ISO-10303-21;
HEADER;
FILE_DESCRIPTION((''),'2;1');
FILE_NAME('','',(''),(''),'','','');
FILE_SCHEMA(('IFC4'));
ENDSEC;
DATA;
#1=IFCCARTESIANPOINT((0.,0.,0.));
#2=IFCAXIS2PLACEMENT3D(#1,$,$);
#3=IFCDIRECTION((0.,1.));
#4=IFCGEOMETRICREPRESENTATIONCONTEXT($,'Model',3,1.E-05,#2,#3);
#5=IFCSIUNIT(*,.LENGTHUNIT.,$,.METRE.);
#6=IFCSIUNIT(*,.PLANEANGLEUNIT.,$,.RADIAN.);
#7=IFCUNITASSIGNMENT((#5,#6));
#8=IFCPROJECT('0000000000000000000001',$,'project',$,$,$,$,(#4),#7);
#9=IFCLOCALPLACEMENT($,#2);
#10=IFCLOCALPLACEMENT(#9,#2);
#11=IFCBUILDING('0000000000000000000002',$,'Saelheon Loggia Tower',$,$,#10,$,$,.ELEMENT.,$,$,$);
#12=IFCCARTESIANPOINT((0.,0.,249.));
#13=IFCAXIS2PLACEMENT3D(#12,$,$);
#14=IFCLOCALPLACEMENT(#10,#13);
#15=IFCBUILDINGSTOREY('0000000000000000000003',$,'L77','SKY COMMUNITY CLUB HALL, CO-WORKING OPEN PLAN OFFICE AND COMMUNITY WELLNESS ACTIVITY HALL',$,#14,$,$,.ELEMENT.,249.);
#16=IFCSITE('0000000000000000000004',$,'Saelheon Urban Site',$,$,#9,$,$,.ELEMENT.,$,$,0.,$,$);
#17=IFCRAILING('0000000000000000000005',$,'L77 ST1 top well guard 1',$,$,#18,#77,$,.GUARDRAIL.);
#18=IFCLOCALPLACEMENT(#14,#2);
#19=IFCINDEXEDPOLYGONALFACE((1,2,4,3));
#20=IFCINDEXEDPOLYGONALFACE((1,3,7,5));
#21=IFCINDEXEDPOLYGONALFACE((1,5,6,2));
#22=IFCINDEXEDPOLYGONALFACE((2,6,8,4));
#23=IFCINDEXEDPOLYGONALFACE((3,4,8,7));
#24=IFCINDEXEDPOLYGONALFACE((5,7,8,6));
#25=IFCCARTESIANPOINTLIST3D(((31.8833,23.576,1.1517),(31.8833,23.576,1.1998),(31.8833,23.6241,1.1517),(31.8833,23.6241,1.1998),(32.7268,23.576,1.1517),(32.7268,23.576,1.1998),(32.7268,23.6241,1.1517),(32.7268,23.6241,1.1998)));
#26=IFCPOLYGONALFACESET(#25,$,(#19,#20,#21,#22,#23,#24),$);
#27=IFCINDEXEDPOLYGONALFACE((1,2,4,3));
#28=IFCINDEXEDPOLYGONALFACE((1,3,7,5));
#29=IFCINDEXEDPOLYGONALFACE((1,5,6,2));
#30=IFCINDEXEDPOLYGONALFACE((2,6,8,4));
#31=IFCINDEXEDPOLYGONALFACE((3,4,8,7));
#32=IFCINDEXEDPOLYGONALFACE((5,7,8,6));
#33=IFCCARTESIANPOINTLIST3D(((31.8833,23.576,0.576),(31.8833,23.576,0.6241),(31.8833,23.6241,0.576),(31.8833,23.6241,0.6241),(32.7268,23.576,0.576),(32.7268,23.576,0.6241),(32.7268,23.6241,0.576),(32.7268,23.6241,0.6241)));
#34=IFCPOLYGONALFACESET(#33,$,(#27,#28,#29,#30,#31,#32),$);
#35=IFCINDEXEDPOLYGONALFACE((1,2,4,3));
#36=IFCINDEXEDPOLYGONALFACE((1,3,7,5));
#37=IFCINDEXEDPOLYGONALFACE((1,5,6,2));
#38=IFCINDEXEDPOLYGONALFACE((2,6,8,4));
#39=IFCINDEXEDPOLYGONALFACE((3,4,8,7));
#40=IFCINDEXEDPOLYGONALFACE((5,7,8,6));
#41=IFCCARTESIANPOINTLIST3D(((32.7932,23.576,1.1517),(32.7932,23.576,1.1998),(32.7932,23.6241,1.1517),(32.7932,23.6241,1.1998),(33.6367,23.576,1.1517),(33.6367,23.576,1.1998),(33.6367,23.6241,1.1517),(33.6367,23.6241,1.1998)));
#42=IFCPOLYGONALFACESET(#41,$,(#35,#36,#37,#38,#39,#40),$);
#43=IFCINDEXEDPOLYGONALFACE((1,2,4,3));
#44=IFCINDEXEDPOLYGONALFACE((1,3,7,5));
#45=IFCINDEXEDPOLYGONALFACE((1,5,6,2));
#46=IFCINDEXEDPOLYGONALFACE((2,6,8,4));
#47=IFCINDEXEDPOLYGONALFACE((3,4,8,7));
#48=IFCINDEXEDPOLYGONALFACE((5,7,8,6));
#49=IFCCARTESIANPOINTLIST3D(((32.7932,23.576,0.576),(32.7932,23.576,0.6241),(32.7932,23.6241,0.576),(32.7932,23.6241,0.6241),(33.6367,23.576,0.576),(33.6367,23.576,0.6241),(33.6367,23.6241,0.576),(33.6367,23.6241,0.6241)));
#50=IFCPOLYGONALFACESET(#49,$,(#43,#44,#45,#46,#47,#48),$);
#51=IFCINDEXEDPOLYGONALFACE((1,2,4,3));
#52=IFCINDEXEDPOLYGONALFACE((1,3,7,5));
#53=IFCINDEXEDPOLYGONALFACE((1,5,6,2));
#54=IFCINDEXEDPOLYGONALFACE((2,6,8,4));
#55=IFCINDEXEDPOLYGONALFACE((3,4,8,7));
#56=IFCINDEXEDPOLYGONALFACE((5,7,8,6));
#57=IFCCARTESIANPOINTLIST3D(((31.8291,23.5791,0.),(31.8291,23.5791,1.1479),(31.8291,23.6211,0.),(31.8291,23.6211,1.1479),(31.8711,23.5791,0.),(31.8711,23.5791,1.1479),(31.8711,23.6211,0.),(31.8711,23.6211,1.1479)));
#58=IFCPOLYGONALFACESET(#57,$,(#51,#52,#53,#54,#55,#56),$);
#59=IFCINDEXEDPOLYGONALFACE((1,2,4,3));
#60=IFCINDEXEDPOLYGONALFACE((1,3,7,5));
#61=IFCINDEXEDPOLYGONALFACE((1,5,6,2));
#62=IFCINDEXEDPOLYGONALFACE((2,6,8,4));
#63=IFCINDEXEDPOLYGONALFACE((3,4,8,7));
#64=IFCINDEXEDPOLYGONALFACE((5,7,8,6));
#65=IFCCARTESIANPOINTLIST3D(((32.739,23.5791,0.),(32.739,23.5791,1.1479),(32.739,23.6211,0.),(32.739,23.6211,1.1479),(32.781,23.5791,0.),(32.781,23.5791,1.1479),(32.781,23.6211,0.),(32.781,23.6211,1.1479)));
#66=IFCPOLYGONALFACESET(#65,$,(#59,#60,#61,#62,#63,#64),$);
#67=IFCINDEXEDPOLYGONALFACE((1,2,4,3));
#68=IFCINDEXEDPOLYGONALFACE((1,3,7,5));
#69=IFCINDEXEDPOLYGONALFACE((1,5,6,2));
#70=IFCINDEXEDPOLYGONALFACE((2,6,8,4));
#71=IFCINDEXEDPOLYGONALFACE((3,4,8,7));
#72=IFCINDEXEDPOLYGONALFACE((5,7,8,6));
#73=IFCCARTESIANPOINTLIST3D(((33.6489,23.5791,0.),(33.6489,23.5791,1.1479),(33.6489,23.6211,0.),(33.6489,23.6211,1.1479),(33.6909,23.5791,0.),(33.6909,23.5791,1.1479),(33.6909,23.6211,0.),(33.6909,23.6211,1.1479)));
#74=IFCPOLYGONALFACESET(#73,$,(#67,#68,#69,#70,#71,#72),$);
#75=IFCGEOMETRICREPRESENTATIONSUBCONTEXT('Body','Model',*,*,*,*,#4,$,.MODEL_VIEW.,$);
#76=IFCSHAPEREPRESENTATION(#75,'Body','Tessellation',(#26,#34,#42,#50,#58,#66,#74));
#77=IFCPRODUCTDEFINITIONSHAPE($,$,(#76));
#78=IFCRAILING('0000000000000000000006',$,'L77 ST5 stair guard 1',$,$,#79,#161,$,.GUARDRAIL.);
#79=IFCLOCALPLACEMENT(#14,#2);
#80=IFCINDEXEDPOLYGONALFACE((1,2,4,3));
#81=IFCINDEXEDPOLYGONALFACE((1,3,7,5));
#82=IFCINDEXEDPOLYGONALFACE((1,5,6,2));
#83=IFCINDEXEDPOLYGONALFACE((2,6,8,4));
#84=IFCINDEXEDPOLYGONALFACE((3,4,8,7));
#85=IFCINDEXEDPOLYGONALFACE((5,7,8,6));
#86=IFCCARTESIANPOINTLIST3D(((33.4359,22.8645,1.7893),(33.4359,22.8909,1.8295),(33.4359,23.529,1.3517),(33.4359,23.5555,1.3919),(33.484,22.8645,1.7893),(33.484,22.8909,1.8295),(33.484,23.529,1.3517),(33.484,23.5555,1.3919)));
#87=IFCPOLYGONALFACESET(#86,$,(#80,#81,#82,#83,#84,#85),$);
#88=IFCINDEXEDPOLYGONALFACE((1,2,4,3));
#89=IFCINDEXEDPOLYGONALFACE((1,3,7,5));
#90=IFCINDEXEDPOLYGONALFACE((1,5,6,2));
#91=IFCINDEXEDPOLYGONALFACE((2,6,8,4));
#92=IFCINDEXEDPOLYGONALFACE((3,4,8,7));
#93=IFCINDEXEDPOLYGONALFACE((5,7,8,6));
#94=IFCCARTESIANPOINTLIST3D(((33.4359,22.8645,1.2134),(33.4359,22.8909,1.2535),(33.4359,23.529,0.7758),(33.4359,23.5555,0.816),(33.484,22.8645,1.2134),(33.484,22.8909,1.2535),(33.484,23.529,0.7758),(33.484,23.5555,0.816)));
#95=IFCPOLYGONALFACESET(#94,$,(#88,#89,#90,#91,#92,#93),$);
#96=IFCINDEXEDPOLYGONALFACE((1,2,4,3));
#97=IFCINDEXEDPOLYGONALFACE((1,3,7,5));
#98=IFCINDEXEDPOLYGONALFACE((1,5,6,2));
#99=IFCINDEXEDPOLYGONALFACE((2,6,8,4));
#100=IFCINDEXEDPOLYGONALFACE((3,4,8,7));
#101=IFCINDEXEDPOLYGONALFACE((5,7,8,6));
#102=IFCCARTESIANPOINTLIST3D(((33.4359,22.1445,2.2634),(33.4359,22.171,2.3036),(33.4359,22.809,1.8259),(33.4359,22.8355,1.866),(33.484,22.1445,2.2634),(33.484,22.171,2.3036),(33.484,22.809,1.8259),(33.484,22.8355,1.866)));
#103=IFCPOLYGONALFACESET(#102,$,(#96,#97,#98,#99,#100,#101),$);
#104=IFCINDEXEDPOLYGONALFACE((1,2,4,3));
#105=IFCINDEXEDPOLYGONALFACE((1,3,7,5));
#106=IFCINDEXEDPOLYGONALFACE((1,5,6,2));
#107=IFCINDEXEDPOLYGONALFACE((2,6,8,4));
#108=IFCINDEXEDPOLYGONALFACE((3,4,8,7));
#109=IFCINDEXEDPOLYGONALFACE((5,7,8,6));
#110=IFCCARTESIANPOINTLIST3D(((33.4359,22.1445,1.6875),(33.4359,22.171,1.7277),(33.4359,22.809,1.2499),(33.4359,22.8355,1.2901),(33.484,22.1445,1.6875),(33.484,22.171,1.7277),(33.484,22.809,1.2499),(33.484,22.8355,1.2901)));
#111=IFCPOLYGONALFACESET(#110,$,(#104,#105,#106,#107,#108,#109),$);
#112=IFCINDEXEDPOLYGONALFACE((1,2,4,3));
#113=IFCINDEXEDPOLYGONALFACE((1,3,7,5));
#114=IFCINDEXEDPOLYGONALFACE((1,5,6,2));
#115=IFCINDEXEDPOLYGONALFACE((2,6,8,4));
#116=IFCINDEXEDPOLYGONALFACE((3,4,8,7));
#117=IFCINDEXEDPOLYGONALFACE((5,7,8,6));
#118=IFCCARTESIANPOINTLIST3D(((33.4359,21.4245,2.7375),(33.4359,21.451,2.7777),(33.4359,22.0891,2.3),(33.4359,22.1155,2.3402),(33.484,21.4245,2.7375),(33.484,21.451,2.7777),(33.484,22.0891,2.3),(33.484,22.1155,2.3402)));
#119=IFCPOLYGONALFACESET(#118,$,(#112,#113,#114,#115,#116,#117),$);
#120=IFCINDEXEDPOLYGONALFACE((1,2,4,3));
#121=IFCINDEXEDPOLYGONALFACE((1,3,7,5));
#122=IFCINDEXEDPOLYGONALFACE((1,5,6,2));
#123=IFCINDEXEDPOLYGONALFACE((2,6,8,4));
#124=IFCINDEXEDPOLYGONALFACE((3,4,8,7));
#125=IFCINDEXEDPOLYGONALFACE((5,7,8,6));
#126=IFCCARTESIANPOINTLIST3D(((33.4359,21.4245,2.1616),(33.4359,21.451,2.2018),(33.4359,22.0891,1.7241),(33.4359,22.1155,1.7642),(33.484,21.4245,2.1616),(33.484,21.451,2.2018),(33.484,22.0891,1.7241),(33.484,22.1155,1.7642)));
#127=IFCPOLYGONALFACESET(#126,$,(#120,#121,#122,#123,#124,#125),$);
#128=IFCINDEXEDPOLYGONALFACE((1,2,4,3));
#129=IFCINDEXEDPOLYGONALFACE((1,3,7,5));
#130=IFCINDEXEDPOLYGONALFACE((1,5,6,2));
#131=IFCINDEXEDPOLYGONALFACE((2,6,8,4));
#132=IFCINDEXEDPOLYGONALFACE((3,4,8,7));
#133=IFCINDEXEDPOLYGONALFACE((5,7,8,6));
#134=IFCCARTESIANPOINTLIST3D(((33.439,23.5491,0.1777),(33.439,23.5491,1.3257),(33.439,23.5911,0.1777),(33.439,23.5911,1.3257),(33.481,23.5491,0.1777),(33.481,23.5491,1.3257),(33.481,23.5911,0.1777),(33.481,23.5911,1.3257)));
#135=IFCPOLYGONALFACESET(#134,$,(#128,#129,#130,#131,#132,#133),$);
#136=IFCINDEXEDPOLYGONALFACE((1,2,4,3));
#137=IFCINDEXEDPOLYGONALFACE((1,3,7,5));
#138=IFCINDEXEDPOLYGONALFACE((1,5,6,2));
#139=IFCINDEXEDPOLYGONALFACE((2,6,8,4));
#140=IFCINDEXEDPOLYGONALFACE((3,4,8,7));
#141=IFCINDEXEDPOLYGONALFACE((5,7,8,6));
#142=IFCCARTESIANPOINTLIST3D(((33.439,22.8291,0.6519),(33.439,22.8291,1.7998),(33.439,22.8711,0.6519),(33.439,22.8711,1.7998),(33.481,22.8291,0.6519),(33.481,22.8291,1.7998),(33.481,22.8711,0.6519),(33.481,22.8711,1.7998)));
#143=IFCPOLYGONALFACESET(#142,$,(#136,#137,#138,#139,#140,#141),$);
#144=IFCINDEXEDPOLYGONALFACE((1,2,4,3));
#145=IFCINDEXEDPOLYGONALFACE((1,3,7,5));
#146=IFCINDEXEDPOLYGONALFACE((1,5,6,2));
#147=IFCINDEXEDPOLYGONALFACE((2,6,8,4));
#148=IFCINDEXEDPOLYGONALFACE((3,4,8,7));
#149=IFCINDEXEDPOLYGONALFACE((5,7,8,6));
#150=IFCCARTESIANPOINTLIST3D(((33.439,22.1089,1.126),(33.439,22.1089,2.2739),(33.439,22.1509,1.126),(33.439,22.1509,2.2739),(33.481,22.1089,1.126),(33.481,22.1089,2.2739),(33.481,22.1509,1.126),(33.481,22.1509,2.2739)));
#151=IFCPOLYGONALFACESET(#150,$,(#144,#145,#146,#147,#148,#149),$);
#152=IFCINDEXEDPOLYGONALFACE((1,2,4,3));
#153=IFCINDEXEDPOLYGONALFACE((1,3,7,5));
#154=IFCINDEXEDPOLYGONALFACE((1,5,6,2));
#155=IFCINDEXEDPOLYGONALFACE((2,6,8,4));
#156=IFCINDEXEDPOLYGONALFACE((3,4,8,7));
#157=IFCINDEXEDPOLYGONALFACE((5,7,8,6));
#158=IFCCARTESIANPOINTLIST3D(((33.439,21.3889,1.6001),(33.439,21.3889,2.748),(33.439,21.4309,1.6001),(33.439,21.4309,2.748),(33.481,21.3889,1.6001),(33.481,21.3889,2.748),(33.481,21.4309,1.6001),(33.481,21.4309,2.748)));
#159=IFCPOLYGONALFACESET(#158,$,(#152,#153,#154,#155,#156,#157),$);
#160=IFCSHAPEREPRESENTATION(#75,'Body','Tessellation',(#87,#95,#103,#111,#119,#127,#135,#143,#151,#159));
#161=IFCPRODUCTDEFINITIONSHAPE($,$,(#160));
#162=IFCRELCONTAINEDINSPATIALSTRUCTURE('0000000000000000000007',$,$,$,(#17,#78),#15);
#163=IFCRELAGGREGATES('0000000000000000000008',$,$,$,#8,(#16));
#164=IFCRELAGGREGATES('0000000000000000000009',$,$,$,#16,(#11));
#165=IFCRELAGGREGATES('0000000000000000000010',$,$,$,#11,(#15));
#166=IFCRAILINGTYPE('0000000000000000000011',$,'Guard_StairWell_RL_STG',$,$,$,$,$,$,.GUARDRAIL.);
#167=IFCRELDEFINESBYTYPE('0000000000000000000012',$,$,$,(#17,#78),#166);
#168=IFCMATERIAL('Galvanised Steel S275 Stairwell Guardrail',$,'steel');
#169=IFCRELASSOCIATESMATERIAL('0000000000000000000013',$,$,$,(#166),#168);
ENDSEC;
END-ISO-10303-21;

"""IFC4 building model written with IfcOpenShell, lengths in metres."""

from ifc_helpers import new_model, si_unit, direction, frame, origin, origin_2d, place, context, subcontext, project, spatial, rectangle, extrude, material, type_object, element, save


model = new_model("IFC4")

# Units and contexts
model_context = context("Model", 3, precision=1e-05, world=origin(), true_north=direction((0.0, 1.0)))
body_context = subcontext(model_context, "Body", "Model", "MODEL_VIEW")
ifc_project = project(units=[si_unit("LENGTHUNIT", "METRE"), si_unit("PLANEANGLEUNIT", "RADIAN")], contexts=[model_context])

# Site, building, storey
site_placement = place(None, origin())
site = spatial("IfcSite", under=ifc_project, at=site_placement, Name="Saelheon Urban Site", CompositionType="ELEMENT", RefElevation=0.0)
building_placement = place(site_placement, origin())
building = spatial("IfcBuilding", under=site, at=building_placement, Name="Saelheon Loggia Tower", CompositionType="ELEMENT")
storey_placement = place(building_placement, frame((0.0, 0.0, 249.0)))
storey = spatial("IfcBuildingStorey", under=building, at=storey_placement, Name="L77", Description="SKY COMMUNITY CLUB HALL, CO-WORKING OPEN PLAN OFFICE AND COMMUNITY WELLNESS ACTIVITY HALL", CompositionType="ELEMENT", Elevation=249.0)

# Railings
ifc_material_1 = material(Name="Galvanised Steel S275 Stairwell Guardrail", Category="steel")
railing_type = type_object("IfcRailingType", Name="Guard_StairWell_RL_STG", PredefinedType="GUARDRAIL", material=ifc_material_1)
railing_1_placement = place(storey_placement, frame((31.8501, 23.6001, 0.0)))
element("IfcRailing", 1, at=railing_1_placement, inside=storey, type_object=railing_type, Name="L77 ST1 top well guard 1", PredefinedType="GUARDRAIL", context=body_context, shape_type="SweptSolid", body=[
    extrude(rectangle(XDim=0.0481, YDim=0.0481, at=origin_2d()), frame((0.0332, 0.0, 1.1758), z_axis=(1.0, 0.0, 0.0), x_axis=(0.0, 1.0, 0.0)), (0.0, 0.0, 1.0), 0.8435),
    extrude(rectangle(XDim=0.0481, YDim=0.0481, at=origin_2d()), frame((0.0332, 0.0, 0.6001), z_axis=(1.0, 0.0, 0.0), x_axis=(0.0, 1.0, 0.0)), (0.0, 0.0, 1.0), 0.8435),
    extrude(rectangle(XDim=0.0481, YDim=0.0481, at=origin_2d()), frame((0.9431, 0.0, 1.1758), z_axis=(1.0, 0.0, 0.0), x_axis=(0.0, 1.0, 0.0)), (0.0, 0.0, 1.0), 0.8435),
    extrude(rectangle(XDim=0.0481, YDim=0.0481, at=origin_2d()), frame((0.9431, 0.0, 0.6001), z_axis=(1.0, 0.0, 0.0), x_axis=(0.0, 1.0, 0.0)), (0.0, 0.0, 1.0), 0.8435),
    extrude(rectangle(XDim=0.042, YDim=0.042, at=origin_2d()), origin(), (0.0, 0.0, 1.0), 1.1479),
    extrude(rectangle(XDim=0.042, YDim=0.042, at=origin_2d()), frame((0.9099, 0.0, 0.0)), (0.0, 0.0, 1.0), 1.1479),
    extrude(rectangle(XDim=0.042, YDim=0.042, at=origin_2d()), frame((1.8198, 0.0, 0.0)), (0.0, 0.0, 1.0), 1.1479),
])
railing_2_placement = place(storey_placement, frame((33.46, 23.5701, 0.1777)))
element("IfcRailing", 2, at=railing_2_placement, inside=storey, type_object=railing_type, Name="L77 ST5 stair guard 1", PredefinedType="GUARDRAIL", context=body_context, shape_type="SweptSolid", body=[
    extrude(rectangle(XDim=0.0481, YDim=0.0481, at=origin_2d()), frame((0.0, -0.0278, 1.1941), z_axis=(0.0, -0.835203, 0.549942), x_axis=(1.0, 0.0, 0.0)), (0.0, 0.0, 1.0), 0.7957),
    extrude(rectangle(XDim=0.0481, YDim=0.0481, at=origin_2d()), frame((0.0, -0.0278, 0.6182), z_axis=(0.0, -0.835203, 0.549942), x_axis=(1.0, 0.0, 0.0)), (0.0, 0.0, 1.0), 0.7957),
    extrude(rectangle(XDim=0.0481, YDim=0.0481, at=origin_2d()), frame((0.0, -0.7478, 1.6682), z_axis=(0.0, -0.835203, 0.549942), x_axis=(1.0, 0.0, 0.0)), (0.0, 0.0, 1.0), 0.7957),
    extrude(rectangle(XDim=0.0481, YDim=0.0481, at=origin_2d()), frame((0.0, -0.7478, 1.0923), z_axis=(0.0, -0.835203, 0.549942), x_axis=(1.0, 0.0, 0.0)), (0.0, 0.0, 1.0), 0.7957),
    extrude(rectangle(XDim=0.0481, YDim=0.0481, at=origin_2d()), frame((0.0, -1.4678, 2.1423), z_axis=(0.0, -0.835203, 0.549942), x_axis=(1.0, 0.0, 0.0)), (0.0, 0.0, 1.0), 0.7957),
    extrude(rectangle(XDim=0.0481, YDim=0.0481, at=origin_2d()), frame((0.0, -1.4678, 1.5664), z_axis=(0.0, -0.835203, 0.549942), x_axis=(1.0, 0.0, 0.0)), (0.0, 0.0, 1.0), 0.7957),
    extrude(rectangle(XDim=0.042, YDim=0.042, at=origin_2d()), origin(), (0.0, 0.0, 1.0), 1.1479),
    extrude(rectangle(XDim=0.042, YDim=0.042, at=origin_2d()), frame((0.0, -0.72, 0.4741)), (0.0, 0.0, 1.0), 1.1479),
    extrude(rectangle(XDim=0.042, YDim=0.042, at=origin_2d()), frame((0.0, -1.4402, 0.9482)), (0.0, 0.0, 1.0), 1.1479),
    extrude(rectangle(XDim=0.042, YDim=0.042, at=origin_2d()), frame((0.0, -2.1602, 1.4224)), (0.0, 0.0, 1.0), 1.1479),
])

save(model, "model.ifc")
